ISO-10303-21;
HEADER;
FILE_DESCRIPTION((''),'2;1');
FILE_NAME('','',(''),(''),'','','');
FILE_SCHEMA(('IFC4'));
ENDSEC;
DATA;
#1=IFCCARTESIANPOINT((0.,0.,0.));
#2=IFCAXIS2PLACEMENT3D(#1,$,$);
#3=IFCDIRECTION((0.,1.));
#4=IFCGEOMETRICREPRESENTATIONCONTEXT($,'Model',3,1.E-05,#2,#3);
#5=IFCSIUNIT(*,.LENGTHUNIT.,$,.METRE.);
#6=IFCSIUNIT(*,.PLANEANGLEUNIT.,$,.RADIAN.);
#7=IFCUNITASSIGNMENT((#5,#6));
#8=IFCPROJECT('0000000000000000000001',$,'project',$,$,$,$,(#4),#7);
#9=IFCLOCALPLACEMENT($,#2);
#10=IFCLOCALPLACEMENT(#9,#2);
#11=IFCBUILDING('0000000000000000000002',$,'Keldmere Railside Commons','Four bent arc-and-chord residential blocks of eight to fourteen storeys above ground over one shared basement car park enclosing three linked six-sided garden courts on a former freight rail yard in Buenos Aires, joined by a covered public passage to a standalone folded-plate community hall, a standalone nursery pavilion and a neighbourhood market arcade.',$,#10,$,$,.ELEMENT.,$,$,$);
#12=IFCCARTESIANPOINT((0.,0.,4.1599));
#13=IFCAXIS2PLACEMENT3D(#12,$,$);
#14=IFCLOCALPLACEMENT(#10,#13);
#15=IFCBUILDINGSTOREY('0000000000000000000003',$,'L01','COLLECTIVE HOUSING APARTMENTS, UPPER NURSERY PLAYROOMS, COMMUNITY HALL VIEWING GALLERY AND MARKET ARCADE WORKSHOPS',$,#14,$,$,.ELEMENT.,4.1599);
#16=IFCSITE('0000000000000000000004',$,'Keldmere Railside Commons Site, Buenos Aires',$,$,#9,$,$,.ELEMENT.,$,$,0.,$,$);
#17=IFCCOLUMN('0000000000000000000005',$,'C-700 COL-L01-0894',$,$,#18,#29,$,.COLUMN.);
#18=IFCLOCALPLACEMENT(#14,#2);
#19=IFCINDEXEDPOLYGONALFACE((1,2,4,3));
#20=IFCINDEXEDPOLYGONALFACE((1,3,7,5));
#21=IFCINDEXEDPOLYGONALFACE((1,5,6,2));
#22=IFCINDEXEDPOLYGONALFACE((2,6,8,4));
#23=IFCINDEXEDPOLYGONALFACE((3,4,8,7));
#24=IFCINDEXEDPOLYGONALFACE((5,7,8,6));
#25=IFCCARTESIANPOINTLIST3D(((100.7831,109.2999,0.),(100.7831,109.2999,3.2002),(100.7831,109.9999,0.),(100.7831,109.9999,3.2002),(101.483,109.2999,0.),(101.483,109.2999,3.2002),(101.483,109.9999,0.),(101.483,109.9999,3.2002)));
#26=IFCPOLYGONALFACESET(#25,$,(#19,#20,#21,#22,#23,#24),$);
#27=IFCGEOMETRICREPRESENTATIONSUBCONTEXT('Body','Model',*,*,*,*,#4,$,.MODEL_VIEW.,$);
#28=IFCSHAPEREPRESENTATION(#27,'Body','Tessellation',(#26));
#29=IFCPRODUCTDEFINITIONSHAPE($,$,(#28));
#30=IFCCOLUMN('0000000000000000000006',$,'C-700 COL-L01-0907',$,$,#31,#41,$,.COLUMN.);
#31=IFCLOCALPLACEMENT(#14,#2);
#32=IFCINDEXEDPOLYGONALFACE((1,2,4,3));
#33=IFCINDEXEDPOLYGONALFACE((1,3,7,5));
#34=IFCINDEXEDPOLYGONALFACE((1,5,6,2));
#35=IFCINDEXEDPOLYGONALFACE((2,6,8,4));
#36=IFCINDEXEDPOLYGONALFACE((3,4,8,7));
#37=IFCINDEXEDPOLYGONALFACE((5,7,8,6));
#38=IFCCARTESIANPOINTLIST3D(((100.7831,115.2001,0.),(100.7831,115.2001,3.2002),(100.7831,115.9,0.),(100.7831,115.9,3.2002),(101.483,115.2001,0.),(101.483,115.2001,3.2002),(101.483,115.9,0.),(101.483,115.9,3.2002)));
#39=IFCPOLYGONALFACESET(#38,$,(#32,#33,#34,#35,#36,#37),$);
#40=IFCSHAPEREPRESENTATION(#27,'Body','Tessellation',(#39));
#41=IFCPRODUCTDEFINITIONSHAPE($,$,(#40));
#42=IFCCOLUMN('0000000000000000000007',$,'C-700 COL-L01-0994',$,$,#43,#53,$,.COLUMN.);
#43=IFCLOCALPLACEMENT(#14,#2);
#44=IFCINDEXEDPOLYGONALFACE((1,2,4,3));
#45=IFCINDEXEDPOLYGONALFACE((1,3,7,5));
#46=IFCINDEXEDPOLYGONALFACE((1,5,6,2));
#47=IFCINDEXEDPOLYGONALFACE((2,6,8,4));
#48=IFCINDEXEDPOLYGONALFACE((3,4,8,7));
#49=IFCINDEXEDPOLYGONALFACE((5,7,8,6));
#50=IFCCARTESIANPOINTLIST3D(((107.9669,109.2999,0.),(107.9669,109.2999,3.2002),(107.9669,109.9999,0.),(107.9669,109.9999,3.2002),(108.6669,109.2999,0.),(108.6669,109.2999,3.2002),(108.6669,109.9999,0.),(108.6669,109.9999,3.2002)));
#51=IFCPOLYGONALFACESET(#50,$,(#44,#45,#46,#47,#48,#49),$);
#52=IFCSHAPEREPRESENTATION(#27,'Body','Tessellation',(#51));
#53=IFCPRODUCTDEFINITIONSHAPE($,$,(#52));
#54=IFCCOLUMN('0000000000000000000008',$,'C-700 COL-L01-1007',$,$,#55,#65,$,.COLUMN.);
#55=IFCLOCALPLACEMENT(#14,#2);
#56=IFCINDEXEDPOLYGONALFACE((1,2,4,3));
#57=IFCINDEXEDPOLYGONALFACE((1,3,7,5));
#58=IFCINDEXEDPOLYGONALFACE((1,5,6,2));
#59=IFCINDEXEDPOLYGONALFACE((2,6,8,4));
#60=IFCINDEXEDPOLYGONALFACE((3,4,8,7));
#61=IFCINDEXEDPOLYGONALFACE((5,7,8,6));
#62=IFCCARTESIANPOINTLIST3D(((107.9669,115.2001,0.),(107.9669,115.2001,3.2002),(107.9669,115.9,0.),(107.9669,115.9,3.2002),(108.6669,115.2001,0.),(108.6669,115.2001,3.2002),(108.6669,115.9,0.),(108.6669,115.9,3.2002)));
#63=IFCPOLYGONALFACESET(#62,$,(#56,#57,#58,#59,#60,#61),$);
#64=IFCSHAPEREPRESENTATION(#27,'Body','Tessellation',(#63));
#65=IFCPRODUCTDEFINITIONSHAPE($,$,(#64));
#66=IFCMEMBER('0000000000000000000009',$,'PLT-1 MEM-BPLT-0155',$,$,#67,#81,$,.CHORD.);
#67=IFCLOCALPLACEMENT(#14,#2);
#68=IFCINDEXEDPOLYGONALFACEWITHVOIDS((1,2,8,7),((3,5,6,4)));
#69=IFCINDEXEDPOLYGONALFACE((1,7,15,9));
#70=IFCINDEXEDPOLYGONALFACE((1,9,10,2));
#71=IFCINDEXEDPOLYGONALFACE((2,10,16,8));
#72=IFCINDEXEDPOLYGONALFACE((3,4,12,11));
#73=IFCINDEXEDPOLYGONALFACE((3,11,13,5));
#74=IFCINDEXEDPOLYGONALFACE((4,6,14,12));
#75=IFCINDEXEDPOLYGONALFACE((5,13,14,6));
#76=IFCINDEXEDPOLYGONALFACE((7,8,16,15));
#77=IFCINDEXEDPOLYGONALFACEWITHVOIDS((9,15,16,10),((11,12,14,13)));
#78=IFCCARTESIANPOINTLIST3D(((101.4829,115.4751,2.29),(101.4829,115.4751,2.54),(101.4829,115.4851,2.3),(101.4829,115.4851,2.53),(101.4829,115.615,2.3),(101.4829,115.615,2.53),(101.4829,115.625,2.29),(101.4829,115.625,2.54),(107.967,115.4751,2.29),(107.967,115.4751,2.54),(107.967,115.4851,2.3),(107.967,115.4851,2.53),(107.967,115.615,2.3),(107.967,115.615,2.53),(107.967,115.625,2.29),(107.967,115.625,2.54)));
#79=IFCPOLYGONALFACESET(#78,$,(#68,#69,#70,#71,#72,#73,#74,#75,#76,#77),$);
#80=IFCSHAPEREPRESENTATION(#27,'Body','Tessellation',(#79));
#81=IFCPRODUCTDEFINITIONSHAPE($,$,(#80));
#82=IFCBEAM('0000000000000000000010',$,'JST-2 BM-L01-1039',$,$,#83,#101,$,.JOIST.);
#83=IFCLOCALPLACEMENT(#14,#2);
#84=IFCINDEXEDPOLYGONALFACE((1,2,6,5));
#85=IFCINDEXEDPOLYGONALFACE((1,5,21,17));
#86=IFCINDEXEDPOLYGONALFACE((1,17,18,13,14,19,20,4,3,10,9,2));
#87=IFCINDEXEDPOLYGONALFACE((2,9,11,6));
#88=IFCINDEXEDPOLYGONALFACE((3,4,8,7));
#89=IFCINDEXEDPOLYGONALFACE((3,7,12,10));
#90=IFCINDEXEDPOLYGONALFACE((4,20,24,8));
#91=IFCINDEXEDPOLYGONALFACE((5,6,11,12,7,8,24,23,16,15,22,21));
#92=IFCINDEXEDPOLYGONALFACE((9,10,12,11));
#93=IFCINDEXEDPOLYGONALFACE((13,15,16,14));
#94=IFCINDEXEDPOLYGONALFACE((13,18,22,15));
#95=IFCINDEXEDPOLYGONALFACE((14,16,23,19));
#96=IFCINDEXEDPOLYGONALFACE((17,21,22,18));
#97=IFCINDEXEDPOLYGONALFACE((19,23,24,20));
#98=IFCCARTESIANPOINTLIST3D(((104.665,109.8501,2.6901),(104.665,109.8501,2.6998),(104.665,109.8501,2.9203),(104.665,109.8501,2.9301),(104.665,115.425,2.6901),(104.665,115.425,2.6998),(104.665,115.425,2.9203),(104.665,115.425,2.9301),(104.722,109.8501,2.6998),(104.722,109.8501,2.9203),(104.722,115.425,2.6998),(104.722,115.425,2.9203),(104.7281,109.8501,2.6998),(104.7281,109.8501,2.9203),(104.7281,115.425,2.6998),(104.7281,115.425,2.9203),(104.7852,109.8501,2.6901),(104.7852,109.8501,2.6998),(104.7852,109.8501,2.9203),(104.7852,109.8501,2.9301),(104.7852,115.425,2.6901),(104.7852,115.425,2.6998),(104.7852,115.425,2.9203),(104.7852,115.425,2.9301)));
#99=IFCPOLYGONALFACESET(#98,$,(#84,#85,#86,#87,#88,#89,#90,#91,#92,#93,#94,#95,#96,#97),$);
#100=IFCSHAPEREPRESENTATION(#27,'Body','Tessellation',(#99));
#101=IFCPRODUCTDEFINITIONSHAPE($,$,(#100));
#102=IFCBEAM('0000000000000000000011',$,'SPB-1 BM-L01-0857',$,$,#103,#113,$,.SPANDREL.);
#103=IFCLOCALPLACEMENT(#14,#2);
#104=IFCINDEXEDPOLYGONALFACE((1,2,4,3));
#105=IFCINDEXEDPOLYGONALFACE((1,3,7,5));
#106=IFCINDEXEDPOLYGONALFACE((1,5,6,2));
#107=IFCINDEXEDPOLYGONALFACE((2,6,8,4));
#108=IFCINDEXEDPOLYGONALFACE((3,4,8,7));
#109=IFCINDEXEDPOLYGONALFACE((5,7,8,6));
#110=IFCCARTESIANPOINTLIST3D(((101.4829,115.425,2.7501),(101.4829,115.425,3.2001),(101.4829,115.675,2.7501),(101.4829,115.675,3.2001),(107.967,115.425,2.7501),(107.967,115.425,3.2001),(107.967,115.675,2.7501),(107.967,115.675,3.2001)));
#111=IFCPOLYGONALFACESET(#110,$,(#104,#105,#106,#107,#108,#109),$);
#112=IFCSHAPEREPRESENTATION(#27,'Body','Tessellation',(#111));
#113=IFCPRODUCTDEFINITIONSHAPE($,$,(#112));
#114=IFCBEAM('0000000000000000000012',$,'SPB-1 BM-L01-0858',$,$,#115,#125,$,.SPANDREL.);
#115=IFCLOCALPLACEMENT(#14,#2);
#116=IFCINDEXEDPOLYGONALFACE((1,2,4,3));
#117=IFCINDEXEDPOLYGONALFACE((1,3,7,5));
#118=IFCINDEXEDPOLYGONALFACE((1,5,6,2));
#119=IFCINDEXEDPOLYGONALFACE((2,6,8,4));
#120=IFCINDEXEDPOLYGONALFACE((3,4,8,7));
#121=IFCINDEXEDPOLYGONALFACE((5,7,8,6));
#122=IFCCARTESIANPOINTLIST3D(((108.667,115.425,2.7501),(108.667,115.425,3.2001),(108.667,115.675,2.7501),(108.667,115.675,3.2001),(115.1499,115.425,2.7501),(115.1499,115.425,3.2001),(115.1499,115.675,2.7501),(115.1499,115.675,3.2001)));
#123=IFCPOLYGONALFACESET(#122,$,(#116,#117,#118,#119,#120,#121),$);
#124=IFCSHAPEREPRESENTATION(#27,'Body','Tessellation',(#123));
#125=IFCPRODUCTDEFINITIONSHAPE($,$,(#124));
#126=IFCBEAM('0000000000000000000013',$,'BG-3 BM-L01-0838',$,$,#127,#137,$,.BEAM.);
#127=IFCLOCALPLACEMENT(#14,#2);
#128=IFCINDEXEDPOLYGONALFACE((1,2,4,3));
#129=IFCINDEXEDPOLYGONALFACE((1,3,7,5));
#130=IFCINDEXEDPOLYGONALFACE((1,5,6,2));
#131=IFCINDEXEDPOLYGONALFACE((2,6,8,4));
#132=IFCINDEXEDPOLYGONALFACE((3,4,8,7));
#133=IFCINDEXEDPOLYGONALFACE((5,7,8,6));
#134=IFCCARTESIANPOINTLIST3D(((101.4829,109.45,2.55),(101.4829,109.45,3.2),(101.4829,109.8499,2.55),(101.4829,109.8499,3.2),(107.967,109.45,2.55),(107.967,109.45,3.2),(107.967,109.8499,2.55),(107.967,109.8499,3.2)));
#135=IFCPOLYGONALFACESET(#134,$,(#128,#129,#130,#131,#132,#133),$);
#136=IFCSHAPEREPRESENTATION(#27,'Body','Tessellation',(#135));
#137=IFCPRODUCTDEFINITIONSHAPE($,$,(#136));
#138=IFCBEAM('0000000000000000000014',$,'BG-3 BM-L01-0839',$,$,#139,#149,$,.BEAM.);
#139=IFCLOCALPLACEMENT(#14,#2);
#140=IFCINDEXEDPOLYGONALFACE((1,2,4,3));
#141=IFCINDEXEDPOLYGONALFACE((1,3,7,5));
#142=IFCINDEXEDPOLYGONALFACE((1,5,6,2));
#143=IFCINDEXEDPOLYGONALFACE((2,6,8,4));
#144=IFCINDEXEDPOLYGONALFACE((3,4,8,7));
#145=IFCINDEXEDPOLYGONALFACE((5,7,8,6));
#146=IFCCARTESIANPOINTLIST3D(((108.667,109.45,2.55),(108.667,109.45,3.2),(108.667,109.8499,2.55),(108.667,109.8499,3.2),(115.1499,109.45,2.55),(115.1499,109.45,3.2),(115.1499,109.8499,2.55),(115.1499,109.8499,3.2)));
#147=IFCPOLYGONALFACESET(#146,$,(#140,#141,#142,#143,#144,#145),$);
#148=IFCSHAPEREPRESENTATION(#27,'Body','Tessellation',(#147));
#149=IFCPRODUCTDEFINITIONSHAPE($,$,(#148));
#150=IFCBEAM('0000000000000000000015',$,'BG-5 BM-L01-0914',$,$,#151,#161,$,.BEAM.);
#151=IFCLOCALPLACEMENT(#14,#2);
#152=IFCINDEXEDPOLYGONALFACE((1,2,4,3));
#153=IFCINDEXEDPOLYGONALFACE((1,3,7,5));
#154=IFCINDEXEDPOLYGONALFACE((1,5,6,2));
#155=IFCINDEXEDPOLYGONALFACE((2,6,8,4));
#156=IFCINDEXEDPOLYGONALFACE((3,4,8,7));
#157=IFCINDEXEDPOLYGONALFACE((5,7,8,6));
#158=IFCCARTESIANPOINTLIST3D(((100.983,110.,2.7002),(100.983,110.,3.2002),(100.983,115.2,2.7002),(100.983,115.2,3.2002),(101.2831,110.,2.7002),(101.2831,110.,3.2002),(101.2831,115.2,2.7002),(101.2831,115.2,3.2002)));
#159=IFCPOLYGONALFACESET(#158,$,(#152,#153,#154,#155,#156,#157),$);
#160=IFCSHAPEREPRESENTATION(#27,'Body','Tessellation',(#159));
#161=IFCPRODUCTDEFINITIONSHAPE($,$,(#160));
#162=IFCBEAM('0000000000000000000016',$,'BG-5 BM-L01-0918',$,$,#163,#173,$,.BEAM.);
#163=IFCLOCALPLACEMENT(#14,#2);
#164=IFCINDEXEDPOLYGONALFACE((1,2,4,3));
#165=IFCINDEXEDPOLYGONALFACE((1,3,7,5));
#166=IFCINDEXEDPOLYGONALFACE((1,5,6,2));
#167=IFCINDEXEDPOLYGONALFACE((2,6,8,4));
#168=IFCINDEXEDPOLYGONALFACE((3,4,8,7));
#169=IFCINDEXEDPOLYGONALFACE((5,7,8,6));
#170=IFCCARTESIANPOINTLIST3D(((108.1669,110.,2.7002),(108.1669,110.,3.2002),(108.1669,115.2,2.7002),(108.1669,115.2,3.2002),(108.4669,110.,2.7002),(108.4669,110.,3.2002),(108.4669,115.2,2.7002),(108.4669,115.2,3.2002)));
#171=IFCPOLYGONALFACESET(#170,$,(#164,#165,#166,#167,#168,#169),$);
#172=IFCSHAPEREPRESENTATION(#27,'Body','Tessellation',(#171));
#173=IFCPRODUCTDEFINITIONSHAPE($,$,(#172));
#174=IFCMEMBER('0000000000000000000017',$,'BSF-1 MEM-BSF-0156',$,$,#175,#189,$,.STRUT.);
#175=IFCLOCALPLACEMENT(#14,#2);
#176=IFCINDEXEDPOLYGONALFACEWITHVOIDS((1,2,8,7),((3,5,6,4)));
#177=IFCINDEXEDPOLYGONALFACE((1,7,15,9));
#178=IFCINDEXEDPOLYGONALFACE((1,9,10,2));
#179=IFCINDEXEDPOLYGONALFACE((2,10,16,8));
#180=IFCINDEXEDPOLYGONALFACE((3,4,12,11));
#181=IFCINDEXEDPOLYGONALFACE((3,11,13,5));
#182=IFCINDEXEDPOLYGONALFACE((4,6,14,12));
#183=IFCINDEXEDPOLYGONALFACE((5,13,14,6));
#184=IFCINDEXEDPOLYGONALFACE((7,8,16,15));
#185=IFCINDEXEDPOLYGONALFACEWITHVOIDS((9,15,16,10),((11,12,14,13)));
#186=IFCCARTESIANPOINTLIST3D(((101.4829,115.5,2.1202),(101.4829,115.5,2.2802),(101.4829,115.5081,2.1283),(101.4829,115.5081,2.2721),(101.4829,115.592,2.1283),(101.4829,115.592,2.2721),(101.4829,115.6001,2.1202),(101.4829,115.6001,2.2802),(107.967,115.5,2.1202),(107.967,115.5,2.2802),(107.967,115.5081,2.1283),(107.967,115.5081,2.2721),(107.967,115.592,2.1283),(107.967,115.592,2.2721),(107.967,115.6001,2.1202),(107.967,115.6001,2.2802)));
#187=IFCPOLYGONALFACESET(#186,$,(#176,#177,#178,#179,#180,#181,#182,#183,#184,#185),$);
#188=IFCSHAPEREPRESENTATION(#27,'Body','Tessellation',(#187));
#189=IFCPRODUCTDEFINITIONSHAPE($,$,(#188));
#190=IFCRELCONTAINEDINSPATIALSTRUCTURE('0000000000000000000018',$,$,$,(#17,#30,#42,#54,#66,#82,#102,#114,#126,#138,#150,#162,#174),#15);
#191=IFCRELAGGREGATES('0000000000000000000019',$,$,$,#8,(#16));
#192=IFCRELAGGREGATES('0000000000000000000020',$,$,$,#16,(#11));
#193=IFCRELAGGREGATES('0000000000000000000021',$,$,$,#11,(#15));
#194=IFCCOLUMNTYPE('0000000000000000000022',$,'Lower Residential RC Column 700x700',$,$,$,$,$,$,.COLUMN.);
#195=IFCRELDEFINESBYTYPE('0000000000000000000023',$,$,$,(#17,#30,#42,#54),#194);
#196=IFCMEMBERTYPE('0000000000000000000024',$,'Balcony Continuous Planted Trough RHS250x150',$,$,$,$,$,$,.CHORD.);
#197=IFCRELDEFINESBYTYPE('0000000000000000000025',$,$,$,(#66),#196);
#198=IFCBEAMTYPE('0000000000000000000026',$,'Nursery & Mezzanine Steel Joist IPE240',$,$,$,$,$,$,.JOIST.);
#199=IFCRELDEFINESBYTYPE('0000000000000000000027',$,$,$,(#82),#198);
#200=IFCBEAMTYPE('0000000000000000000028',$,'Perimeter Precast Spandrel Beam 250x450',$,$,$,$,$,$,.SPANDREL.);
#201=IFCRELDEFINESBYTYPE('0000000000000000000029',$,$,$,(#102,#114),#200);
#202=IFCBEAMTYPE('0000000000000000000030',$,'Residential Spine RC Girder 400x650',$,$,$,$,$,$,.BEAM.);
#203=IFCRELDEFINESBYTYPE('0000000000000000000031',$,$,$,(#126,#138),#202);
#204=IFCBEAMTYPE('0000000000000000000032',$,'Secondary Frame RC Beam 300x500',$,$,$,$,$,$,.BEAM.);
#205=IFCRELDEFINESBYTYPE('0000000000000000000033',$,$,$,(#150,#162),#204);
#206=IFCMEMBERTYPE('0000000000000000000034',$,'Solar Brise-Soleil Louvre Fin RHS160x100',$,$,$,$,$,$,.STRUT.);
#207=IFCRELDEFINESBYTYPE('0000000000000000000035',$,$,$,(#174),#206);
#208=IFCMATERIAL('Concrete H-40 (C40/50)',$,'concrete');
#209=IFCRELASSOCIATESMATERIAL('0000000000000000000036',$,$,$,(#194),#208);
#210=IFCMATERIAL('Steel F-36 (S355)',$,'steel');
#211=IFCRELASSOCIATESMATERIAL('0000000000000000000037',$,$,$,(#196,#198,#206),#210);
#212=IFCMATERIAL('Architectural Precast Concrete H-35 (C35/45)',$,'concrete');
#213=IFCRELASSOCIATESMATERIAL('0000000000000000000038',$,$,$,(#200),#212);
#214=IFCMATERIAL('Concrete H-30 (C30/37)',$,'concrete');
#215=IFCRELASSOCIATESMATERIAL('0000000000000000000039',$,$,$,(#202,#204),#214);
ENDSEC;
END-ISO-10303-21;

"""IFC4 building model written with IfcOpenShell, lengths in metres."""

from ifc_helpers import new_model, si_unit, direction, frame, origin, origin_2d, place, context, subcontext, project, spatial, rectangle, hollow_rectangle, i_section, extrude, material, material_profile, profile_set, type_object, element, save


model = new_model("IFC4")

# Units and contexts
model_context = context("Model", 3, precision=1e-05, world=origin(), true_north=direction((0.0, 1.0)))
body_context = subcontext(model_context, "Body", "Model", "MODEL_VIEW")
ifc_project = project(units=[si_unit("LENGTHUNIT", "METRE"), si_unit("PLANEANGLEUNIT", "RADIAN")], contexts=[model_context])

# Site, building, storey
site_placement = place(None, origin())
site = spatial("IfcSite", under=ifc_project, at=site_placement, Name="Keldmere Railside Commons Site, Buenos Aires", CompositionType="ELEMENT", RefElevation=0.0)
building_placement = place(site_placement, origin())
building = spatial("IfcBuilding", under=site, at=building_placement, Name="Keldmere Railside Commons", Description="Four bent arc-and-chord residential blocks of eight to fourteen storeys above ground over one shared basement car park enclosing three linked six-sided garden courts on a former freight rail yard in Buenos Aires, joined by a covered public passage to a standalone folded-plate community hall, a standalone nursery pavilion and a neighbourhood market arcade.", CompositionType="ELEMENT")
storey_placement = place(building_placement, frame((0.0, 0.0, 4.1599)))
storey = spatial("IfcBuildingStorey", under=building, at=storey_placement, Name="L01", Description="COLLECTIVE HOUSING APARTMENTS, UPPER NURSERY PLAYROOMS, COMMUNITY HALL VIEWING GALLERY AND MARKET ARCADE WORKSHOPS", CompositionType="ELEMENT", Elevation=4.1599)

# Columns
ifc_material_1 = material(Name="Concrete H-40 (C40/50)", Category="concrete")
ifc_material_profile_1 = material_profile(ifc_material_1, rectangle(XDim=0.7, YDim=0.7, at=origin_2d()), Name="RC-700x700")
ifc_profile_set_1 = profile_set([ifc_material_profile_1], Name="Concrete H-40 (C40/50)")
column_type = type_object("IfcColumnType", Name="Lower Residential RC Column 700x700", PredefinedType="COLUMN", material=ifc_profile_set_1)
for number, where, z_axis, x_axis, name in (
    (1, (101.1331, 109.6499, 0.0), (0.0, 0.0, 1.0), (1.0, 0.0, 0.0), "C-700 COL-L01-0894"),
    (2, (101.1331, 115.55, 0.0), (0.0, 0.0, 1.0), (1.0, 0.0, 0.0), "C-700 COL-L01-0907"),
    (3, (108.3169, 109.6499, 0.0), (0.0, 0.0, 1.0), (1.0, 0.0, 0.0), "C-700 COL-L01-0994"),
    (4, (108.3169, 115.55, 0.0), (0.0, 0.0, 1.0), (1.0, 0.0, 0.0), "C-700 COL-L01-1007"),
):
    element("IfcColumn", number, at=place(storey_placement, frame(where, z_axis=z_axis, x_axis=x_axis)), inside=storey, type_object=column_type, Name=name, PredefinedType="COLUMN", context=body_context, shape_type="SweptSolid", body=[
        extrude(rectangle(XDim=0.7, YDim=0.7, at=origin_2d()), origin(), (0.0, 0.0, 1.0), 3.2002),
    ])

# Member
ifc_material_2 = material(Name="Steel F-36 (S355)", Category="steel")
ifc_material_profile_2 = material_profile(ifc_material_2, hollow_rectangle(XDim=0.1499, YDim=0.25, WallThickness=0.01, at=origin_2d()), Name="RHS-250x150x10")
ifc_profile_set_2 = profile_set([ifc_material_profile_2], Name="Steel F-36 (S355)")
member_type_1 = type_object("IfcMemberType", Name="Balcony Continuous Planted Trough RHS250x150", PredefinedType="CHORD", material=ifc_profile_set_2)
member_1_placement = place(storey_placement, frame((101.4829, 115.55, 2.415), z_axis=(1.0, 0.0, 0.0), x_axis=(0.0, 1.0, 0.0)))
element("IfcMember", 5, at=member_1_placement, inside=storey, type_object=member_type_1, Name="PLT-1 MEM-BPLT-0155", PredefinedType="CHORD", context=body_context, shape_type="SweptSolid", body=[
    extrude(hollow_rectangle(XDim=0.1499, YDim=0.25, WallThickness=0.01, at=origin_2d()), origin(), (0.0, 0.0, 1.0), 6.4841),
])

# Beams
ifc_material_profile_3 = material_profile(ifc_material_2, i_section(OverallWidth=0.1201, OverallDepth=0.24, WebThickness=0.0061, FlangeThickness=0.0098, at=origin_2d()), Name="IPE-240")
ifc_profile_set_3 = profile_set([ifc_material_profile_3], Name="Steel F-36 (S355)")
beam_type_1 = type_object("IfcBeamType", Name="Nursery & Mezzanine Steel Joist IPE240", PredefinedType="JOIST", material=ifc_profile_set_3)
beam_1_placement = place(storey_placement, frame((104.7251, 109.8501, 2.8101), z_axis=(0.0, 1.0, 0.0), x_axis=(-1.0, 0.0, 0.0)))
element("IfcBeam", 6, at=beam_1_placement, inside=storey, type_object=beam_type_1, Name="JST-2 BM-L01-1039", PredefinedType="JOIST", context=body_context, shape_type="SweptSolid", body=[
    extrude(i_section(OverallWidth=0.1201, OverallDepth=0.24, WebThickness=0.0061, FlangeThickness=0.0098, at=origin_2d()), origin(), (0.0, 0.0, 1.0), 5.575),
])
ifc_material_3 = material(Name="Architectural Precast Concrete H-35 (C35/45)", Category="concrete")
ifc_material_profile_4 = material_profile(ifc_material_3, rectangle(XDim=0.25, YDim=0.45, at=origin_2d()), Name="RC-250x450")
ifc_profile_set_4 = profile_set([ifc_material_profile_4], Name="Architectural Precast Concrete H-35 (C35/45)")
beam_type_2 = type_object("IfcBeamType", Name="Perimeter Precast Spandrel Beam 250x450", PredefinedType="SPANDREL", material=ifc_profile_set_4)
beam_2_placement = place(storey_placement, frame((101.4829, 115.55, 2.9751), z_axis=(1.0, 0.0, 0.0), x_axis=(0.0, 1.0, 0.0)))
element("IfcBeam", 7, at=beam_2_placement, inside=storey, type_object=beam_type_2, Name="SPB-1 BM-L01-0857", PredefinedType="SPANDREL", context=body_context, shape_type="SweptSolid", body=[
    extrude(rectangle(XDim=0.25, YDim=0.45, at=origin_2d()), origin(), (0.0, 0.0, 1.0), 6.4841),
])
beam_3_placement = place(storey_placement, frame((108.667, 115.55, 2.9751), z_axis=(1.0, 0.0, 0.0), x_axis=(0.0, 1.0, 0.0)))
element("IfcBeam", 8, at=beam_3_placement, inside=storey, type_object=beam_type_2, Name="SPB-1 BM-L01-0858", PredefinedType="SPANDREL", context=body_context, shape_type="SweptSolid", body=[
    extrude(rectangle(XDim=0.25, YDim=0.45, at=origin_2d()), origin(), (0.0, 0.0, 1.0), 6.4829),
])
ifc_material_4 = material(Name="Concrete H-30 (C30/37)", Category="concrete")
ifc_material_profile_5 = material_profile(ifc_material_4, rectangle(XDim=0.3999, YDim=0.6499, at=origin_2d()), Name="RC-400x650")
ifc_profile_set_5 = profile_set([ifc_material_profile_5], Name="Concrete H-30 (C30/37)")
beam_type_3 = type_object("IfcBeamType", Name="Residential Spine RC Girder 400x650", PredefinedType="BEAM", material=ifc_profile_set_5)
beam_4_placement = place(storey_placement, frame((101.4829, 109.6499, 2.875), z_axis=(1.0, 0.0, 0.0), x_axis=(0.0, 1.0, 0.0)))
element("IfcBeam", 9, at=beam_4_placement, inside=storey, type_object=beam_type_3, Name="BG-3 BM-L01-0838", PredefinedType="BEAM", context=body_context, shape_type="SweptSolid", body=[
    extrude(rectangle(XDim=0.3999, YDim=0.6499, at=origin_2d()), origin(), (0.0, 0.0, 1.0), 6.4841),
])
beam_5_placement = place(storey_placement, frame((108.667, 109.6499, 2.875), z_axis=(1.0, 0.0, 0.0), x_axis=(0.0, 1.0, 0.0)))
element("IfcBeam", 10, at=beam_5_placement, inside=storey, type_object=beam_type_3, Name="BG-3 BM-L01-0839", PredefinedType="BEAM", context=body_context, shape_type="SweptSolid", body=[
    extrude(rectangle(XDim=0.3999, YDim=0.6499, at=origin_2d()), origin(), (0.0, 0.0, 1.0), 6.4829),
])
ifc_material_profile_6 = material_profile(ifc_material_4, rectangle(XDim=0.3, YDim=0.5, at=origin_2d()), Name="RC-300x500")
ifc_profile_set_6 = profile_set([ifc_material_profile_6], Name="Concrete H-30 (C30/37)")
beam_type_4 = type_object("IfcBeamType", Name="Secondary Frame RC Beam 300x500", PredefinedType="BEAM", material=ifc_profile_set_6)
for number, where, z_axis, x_axis, name in (
    (11, (101.1331, 110.0, 2.9502), (0.0, 1.0, 0.0), (-1.0, 0.0, 0.0), "BG-5 BM-L01-0914"),
    (12, (108.3169, 110.0, 2.9502), (0.0, 1.0, 0.0), (-1.0, 0.0, 0.0), "BG-5 BM-L01-0918"),
):
    element("IfcBeam", number, at=place(storey_placement, frame(where, z_axis=z_axis, x_axis=x_axis)), inside=storey, type_object=beam_type_4, Name=name, PredefinedType="BEAM", context=body_context, shape_type="SweptSolid", body=[
        extrude(rectangle(XDim=0.3, YDim=0.5, at=origin_2d()), origin(), (0.0, 0.0, 1.0), 5.2),
    ])

# Member
ifc_material_profile_7 = material_profile(ifc_material_2, hollow_rectangle(XDim=0.1001, YDim=0.1599, WallThickness=0.0081, at=origin_2d()), Name="RHS-160x100x8")
ifc_profile_set_7 = profile_set([ifc_material_profile_7], Name="Steel F-36 (S355)")
member_type_2 = type_object("IfcMemberType", Name="Solar Brise-Soleil Louvre Fin RHS160x100", PredefinedType="STRUT", material=ifc_profile_set_7)
member_2_placement = place(storey_placement, frame((101.4829, 115.55, 2.2002), z_axis=(1.0, 0.0, 0.0), x_axis=(0.0, 1.0, 0.0)))
element("IfcMember", 13, at=member_2_placement, inside=storey, type_object=member_type_2, Name="BSF-1 MEM-BSF-0156", PredefinedType="STRUT", context=body_context, shape_type="SweptSolid", body=[
    extrude(hollow_rectangle(XDim=0.1001, YDim=0.1599, WallThickness=0.0081, at=origin_2d()), origin(), (0.0, 0.0, 1.0), 6.4841),
])

save(model, "model.ifc")
